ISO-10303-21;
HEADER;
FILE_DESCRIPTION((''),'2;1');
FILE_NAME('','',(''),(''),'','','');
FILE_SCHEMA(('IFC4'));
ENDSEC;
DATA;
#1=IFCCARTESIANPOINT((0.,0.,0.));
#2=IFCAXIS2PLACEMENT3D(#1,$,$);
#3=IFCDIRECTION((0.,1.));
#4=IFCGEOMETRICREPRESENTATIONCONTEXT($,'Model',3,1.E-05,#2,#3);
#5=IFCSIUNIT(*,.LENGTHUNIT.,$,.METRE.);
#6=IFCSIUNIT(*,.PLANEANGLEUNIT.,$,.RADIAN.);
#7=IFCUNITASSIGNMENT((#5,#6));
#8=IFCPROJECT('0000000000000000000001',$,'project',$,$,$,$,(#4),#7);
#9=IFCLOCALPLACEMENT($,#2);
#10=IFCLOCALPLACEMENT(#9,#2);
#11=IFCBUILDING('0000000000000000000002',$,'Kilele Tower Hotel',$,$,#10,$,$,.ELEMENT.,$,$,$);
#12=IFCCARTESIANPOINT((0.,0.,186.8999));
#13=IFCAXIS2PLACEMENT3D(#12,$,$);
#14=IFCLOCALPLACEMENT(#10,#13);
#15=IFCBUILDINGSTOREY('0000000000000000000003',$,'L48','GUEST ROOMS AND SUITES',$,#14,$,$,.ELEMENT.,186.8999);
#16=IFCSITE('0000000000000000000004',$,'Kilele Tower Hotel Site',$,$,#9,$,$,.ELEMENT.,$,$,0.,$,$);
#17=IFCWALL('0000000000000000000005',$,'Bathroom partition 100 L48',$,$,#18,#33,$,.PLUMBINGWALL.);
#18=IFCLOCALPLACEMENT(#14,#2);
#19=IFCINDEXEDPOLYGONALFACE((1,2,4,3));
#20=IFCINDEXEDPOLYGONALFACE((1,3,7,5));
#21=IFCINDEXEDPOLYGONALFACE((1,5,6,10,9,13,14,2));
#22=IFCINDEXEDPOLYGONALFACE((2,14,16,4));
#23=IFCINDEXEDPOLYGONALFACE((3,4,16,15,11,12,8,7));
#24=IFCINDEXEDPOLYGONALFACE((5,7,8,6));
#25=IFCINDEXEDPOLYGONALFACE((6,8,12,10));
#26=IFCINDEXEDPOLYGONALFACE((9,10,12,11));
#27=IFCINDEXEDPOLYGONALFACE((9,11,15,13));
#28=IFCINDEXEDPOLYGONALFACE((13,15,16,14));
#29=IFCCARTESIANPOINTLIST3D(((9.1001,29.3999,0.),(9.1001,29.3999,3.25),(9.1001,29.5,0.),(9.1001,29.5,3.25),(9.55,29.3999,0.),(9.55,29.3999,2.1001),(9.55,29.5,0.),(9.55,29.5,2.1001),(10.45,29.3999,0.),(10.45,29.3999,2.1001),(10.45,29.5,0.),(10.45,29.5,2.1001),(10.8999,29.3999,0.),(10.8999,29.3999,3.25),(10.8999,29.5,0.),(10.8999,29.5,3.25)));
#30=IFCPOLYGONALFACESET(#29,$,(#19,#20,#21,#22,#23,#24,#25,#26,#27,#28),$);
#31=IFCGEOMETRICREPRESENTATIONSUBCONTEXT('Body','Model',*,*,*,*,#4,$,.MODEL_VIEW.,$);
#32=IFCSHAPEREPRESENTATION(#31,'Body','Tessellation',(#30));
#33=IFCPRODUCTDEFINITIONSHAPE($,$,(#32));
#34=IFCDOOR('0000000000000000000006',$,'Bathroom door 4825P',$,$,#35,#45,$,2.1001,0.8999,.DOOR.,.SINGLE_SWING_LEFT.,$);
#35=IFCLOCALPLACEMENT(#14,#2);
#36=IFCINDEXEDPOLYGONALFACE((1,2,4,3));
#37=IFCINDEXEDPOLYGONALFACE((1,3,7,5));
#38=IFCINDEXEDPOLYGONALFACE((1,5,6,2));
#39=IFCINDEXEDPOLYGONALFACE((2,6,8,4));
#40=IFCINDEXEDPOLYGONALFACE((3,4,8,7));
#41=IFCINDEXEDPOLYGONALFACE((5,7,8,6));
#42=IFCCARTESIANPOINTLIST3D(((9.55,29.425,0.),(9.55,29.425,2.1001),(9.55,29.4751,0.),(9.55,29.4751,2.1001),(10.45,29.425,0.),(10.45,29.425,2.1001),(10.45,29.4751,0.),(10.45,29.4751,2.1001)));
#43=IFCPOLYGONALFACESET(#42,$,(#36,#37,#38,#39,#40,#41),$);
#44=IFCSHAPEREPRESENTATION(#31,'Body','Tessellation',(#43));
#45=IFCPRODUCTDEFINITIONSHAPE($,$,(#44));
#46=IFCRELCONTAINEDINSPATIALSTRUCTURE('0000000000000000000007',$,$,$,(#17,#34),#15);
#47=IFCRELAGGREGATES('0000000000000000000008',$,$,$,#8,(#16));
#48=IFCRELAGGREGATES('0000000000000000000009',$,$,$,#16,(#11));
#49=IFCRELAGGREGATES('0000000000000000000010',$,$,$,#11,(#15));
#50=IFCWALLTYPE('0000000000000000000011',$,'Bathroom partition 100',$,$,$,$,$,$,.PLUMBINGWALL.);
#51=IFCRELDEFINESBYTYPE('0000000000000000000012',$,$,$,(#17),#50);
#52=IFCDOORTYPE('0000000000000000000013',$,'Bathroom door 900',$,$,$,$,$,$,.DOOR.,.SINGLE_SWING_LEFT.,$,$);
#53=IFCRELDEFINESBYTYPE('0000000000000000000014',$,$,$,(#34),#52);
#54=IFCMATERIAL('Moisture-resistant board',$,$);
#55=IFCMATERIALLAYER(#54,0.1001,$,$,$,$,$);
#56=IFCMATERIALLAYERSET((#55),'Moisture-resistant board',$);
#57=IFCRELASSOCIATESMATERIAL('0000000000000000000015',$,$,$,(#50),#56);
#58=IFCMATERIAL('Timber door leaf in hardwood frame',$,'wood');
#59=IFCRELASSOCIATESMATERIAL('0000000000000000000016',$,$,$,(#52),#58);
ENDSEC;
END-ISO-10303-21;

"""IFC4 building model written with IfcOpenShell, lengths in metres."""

from ifc_helpers import new_model, si_unit, direction, frame, frame_2d, origin, place, context, subcontext, project, spatial, rectangle, extrude, material, layer, layer_set, type_object, element, fill, save


model = new_model("IFC4")

# Units and contexts
model_context = context("Model", 3, precision=1e-05, world=origin(), true_north=direction((0.0, 1.0)))
body_context = subcontext(model_context, "Body", "Model", "MODEL_VIEW")
ifc_project = project(units=[si_unit("LENGTHUNIT", "METRE"), si_unit("PLANEANGLEUNIT", "RADIAN")], contexts=[model_context])

# Site, building, storey
site_placement = place(None, origin())
site = spatial("IfcSite", under=ifc_project, at=site_placement, Name="Kilele Tower Hotel Site", CompositionType="ELEMENT", RefElevation=0.0)
building_placement = place(site_placement, origin())
building = spatial("IfcBuilding", under=site, at=building_placement, Name="Kilele Tower Hotel", CompositionType="ELEMENT")
storey_placement = place(building_placement, frame((0.0, 0.0, 186.8999)))
storey = spatial("IfcBuildingStorey", under=building, at=storey_placement, Name="L48", Description="GUEST ROOMS AND SUITES", CompositionType="ELEMENT", Elevation=186.8999)

# Shared definitions
ifc_material_1 = material(Name="Moisture-resistant board")
ifc_layer_1 = layer(ifc_material_1, 0.1001)
ifc_layer_set_1 = layer_set([ifc_layer_1], Name="Moisture-resistant board")
wall_type_1 = type_object("IfcWallType", Name="Bathroom partition 100", PredefinedType="PLUMBINGWALL", material=ifc_layer_set_1)

# Shared definitions
ifc_material_2 = material(Name="Timber door leaf in hardwood frame", Category="wood")
door_type_1 = type_object("IfcDoorType", Name="Bathroom door 900", OperationType="SINGLE_SWING_LEFT", PredefinedType="DOOR", material=ifc_material_2)

# Wall, opening, door
wall_1_placement = place(storey_placement, frame((10.8999, 29.45, 0.0), z_axis=(0.0, 0.0, 1.0), x_axis=(-1.0, 0.0, 0.0)))
wall_1 = element("IfcWall", 1, at=wall_1_placement, inside=storey, type_object=wall_type_1, Name="Bathroom partition 100 L48", PredefinedType="PLUMBINGWALL", context=body_context, shape_type="SweptSolid", body=[
    extrude(rectangle(XDim=1.7998, YDim=0.1001, at=frame_2d((0.8999, 0.0))), origin(), (0.0, 0.0, 1.0), 3.25),
])
opening_1_placement = place(wall_1_placement, frame((0.45, 0.0, 0.0)))
opening_1 = element("IfcOpeningElement", 2, at=opening_1_placement, cuts=wall_1, PredefinedType="OPENING", context=body_context, shape_type="SweptSolid", body=[
    extrude(rectangle(XDim=0.8999, YDim=2.1001, at=frame_2d((0.45, 1.05))), frame((0.0, 0.0601, 0.0), z_axis=(0.0, -1.0, 0.0), x_axis=(1.0, 0.0, 0.0)), (0.0, 0.0, 1.0), 0.1201),
])
door_1_placement = place(opening_1_placement, origin())
door_1 = element("IfcDoor", 3, at=door_1_placement, inside=storey, type_object=door_type_1, Name="Bathroom door 4825P", OperationType="SINGLE_SWING_LEFT", OverallHeight=2.1001, OverallWidth=0.8999, PredefinedType="DOOR", context=body_context, shape_type="SweptSolid", body=[
    extrude(rectangle(XDim=0.8999, YDim=2.1001, at=frame_2d((0.45, 1.05))), frame((0.0, 0.0249, 0.0), z_axis=(0.0, -1.0, 0.0), x_axis=(1.0, 0.0, 0.0)), (0.0, 0.0, 1.0), 0.05),
])
fill(opening_1, door_1)

save(model, "model.ifc")
